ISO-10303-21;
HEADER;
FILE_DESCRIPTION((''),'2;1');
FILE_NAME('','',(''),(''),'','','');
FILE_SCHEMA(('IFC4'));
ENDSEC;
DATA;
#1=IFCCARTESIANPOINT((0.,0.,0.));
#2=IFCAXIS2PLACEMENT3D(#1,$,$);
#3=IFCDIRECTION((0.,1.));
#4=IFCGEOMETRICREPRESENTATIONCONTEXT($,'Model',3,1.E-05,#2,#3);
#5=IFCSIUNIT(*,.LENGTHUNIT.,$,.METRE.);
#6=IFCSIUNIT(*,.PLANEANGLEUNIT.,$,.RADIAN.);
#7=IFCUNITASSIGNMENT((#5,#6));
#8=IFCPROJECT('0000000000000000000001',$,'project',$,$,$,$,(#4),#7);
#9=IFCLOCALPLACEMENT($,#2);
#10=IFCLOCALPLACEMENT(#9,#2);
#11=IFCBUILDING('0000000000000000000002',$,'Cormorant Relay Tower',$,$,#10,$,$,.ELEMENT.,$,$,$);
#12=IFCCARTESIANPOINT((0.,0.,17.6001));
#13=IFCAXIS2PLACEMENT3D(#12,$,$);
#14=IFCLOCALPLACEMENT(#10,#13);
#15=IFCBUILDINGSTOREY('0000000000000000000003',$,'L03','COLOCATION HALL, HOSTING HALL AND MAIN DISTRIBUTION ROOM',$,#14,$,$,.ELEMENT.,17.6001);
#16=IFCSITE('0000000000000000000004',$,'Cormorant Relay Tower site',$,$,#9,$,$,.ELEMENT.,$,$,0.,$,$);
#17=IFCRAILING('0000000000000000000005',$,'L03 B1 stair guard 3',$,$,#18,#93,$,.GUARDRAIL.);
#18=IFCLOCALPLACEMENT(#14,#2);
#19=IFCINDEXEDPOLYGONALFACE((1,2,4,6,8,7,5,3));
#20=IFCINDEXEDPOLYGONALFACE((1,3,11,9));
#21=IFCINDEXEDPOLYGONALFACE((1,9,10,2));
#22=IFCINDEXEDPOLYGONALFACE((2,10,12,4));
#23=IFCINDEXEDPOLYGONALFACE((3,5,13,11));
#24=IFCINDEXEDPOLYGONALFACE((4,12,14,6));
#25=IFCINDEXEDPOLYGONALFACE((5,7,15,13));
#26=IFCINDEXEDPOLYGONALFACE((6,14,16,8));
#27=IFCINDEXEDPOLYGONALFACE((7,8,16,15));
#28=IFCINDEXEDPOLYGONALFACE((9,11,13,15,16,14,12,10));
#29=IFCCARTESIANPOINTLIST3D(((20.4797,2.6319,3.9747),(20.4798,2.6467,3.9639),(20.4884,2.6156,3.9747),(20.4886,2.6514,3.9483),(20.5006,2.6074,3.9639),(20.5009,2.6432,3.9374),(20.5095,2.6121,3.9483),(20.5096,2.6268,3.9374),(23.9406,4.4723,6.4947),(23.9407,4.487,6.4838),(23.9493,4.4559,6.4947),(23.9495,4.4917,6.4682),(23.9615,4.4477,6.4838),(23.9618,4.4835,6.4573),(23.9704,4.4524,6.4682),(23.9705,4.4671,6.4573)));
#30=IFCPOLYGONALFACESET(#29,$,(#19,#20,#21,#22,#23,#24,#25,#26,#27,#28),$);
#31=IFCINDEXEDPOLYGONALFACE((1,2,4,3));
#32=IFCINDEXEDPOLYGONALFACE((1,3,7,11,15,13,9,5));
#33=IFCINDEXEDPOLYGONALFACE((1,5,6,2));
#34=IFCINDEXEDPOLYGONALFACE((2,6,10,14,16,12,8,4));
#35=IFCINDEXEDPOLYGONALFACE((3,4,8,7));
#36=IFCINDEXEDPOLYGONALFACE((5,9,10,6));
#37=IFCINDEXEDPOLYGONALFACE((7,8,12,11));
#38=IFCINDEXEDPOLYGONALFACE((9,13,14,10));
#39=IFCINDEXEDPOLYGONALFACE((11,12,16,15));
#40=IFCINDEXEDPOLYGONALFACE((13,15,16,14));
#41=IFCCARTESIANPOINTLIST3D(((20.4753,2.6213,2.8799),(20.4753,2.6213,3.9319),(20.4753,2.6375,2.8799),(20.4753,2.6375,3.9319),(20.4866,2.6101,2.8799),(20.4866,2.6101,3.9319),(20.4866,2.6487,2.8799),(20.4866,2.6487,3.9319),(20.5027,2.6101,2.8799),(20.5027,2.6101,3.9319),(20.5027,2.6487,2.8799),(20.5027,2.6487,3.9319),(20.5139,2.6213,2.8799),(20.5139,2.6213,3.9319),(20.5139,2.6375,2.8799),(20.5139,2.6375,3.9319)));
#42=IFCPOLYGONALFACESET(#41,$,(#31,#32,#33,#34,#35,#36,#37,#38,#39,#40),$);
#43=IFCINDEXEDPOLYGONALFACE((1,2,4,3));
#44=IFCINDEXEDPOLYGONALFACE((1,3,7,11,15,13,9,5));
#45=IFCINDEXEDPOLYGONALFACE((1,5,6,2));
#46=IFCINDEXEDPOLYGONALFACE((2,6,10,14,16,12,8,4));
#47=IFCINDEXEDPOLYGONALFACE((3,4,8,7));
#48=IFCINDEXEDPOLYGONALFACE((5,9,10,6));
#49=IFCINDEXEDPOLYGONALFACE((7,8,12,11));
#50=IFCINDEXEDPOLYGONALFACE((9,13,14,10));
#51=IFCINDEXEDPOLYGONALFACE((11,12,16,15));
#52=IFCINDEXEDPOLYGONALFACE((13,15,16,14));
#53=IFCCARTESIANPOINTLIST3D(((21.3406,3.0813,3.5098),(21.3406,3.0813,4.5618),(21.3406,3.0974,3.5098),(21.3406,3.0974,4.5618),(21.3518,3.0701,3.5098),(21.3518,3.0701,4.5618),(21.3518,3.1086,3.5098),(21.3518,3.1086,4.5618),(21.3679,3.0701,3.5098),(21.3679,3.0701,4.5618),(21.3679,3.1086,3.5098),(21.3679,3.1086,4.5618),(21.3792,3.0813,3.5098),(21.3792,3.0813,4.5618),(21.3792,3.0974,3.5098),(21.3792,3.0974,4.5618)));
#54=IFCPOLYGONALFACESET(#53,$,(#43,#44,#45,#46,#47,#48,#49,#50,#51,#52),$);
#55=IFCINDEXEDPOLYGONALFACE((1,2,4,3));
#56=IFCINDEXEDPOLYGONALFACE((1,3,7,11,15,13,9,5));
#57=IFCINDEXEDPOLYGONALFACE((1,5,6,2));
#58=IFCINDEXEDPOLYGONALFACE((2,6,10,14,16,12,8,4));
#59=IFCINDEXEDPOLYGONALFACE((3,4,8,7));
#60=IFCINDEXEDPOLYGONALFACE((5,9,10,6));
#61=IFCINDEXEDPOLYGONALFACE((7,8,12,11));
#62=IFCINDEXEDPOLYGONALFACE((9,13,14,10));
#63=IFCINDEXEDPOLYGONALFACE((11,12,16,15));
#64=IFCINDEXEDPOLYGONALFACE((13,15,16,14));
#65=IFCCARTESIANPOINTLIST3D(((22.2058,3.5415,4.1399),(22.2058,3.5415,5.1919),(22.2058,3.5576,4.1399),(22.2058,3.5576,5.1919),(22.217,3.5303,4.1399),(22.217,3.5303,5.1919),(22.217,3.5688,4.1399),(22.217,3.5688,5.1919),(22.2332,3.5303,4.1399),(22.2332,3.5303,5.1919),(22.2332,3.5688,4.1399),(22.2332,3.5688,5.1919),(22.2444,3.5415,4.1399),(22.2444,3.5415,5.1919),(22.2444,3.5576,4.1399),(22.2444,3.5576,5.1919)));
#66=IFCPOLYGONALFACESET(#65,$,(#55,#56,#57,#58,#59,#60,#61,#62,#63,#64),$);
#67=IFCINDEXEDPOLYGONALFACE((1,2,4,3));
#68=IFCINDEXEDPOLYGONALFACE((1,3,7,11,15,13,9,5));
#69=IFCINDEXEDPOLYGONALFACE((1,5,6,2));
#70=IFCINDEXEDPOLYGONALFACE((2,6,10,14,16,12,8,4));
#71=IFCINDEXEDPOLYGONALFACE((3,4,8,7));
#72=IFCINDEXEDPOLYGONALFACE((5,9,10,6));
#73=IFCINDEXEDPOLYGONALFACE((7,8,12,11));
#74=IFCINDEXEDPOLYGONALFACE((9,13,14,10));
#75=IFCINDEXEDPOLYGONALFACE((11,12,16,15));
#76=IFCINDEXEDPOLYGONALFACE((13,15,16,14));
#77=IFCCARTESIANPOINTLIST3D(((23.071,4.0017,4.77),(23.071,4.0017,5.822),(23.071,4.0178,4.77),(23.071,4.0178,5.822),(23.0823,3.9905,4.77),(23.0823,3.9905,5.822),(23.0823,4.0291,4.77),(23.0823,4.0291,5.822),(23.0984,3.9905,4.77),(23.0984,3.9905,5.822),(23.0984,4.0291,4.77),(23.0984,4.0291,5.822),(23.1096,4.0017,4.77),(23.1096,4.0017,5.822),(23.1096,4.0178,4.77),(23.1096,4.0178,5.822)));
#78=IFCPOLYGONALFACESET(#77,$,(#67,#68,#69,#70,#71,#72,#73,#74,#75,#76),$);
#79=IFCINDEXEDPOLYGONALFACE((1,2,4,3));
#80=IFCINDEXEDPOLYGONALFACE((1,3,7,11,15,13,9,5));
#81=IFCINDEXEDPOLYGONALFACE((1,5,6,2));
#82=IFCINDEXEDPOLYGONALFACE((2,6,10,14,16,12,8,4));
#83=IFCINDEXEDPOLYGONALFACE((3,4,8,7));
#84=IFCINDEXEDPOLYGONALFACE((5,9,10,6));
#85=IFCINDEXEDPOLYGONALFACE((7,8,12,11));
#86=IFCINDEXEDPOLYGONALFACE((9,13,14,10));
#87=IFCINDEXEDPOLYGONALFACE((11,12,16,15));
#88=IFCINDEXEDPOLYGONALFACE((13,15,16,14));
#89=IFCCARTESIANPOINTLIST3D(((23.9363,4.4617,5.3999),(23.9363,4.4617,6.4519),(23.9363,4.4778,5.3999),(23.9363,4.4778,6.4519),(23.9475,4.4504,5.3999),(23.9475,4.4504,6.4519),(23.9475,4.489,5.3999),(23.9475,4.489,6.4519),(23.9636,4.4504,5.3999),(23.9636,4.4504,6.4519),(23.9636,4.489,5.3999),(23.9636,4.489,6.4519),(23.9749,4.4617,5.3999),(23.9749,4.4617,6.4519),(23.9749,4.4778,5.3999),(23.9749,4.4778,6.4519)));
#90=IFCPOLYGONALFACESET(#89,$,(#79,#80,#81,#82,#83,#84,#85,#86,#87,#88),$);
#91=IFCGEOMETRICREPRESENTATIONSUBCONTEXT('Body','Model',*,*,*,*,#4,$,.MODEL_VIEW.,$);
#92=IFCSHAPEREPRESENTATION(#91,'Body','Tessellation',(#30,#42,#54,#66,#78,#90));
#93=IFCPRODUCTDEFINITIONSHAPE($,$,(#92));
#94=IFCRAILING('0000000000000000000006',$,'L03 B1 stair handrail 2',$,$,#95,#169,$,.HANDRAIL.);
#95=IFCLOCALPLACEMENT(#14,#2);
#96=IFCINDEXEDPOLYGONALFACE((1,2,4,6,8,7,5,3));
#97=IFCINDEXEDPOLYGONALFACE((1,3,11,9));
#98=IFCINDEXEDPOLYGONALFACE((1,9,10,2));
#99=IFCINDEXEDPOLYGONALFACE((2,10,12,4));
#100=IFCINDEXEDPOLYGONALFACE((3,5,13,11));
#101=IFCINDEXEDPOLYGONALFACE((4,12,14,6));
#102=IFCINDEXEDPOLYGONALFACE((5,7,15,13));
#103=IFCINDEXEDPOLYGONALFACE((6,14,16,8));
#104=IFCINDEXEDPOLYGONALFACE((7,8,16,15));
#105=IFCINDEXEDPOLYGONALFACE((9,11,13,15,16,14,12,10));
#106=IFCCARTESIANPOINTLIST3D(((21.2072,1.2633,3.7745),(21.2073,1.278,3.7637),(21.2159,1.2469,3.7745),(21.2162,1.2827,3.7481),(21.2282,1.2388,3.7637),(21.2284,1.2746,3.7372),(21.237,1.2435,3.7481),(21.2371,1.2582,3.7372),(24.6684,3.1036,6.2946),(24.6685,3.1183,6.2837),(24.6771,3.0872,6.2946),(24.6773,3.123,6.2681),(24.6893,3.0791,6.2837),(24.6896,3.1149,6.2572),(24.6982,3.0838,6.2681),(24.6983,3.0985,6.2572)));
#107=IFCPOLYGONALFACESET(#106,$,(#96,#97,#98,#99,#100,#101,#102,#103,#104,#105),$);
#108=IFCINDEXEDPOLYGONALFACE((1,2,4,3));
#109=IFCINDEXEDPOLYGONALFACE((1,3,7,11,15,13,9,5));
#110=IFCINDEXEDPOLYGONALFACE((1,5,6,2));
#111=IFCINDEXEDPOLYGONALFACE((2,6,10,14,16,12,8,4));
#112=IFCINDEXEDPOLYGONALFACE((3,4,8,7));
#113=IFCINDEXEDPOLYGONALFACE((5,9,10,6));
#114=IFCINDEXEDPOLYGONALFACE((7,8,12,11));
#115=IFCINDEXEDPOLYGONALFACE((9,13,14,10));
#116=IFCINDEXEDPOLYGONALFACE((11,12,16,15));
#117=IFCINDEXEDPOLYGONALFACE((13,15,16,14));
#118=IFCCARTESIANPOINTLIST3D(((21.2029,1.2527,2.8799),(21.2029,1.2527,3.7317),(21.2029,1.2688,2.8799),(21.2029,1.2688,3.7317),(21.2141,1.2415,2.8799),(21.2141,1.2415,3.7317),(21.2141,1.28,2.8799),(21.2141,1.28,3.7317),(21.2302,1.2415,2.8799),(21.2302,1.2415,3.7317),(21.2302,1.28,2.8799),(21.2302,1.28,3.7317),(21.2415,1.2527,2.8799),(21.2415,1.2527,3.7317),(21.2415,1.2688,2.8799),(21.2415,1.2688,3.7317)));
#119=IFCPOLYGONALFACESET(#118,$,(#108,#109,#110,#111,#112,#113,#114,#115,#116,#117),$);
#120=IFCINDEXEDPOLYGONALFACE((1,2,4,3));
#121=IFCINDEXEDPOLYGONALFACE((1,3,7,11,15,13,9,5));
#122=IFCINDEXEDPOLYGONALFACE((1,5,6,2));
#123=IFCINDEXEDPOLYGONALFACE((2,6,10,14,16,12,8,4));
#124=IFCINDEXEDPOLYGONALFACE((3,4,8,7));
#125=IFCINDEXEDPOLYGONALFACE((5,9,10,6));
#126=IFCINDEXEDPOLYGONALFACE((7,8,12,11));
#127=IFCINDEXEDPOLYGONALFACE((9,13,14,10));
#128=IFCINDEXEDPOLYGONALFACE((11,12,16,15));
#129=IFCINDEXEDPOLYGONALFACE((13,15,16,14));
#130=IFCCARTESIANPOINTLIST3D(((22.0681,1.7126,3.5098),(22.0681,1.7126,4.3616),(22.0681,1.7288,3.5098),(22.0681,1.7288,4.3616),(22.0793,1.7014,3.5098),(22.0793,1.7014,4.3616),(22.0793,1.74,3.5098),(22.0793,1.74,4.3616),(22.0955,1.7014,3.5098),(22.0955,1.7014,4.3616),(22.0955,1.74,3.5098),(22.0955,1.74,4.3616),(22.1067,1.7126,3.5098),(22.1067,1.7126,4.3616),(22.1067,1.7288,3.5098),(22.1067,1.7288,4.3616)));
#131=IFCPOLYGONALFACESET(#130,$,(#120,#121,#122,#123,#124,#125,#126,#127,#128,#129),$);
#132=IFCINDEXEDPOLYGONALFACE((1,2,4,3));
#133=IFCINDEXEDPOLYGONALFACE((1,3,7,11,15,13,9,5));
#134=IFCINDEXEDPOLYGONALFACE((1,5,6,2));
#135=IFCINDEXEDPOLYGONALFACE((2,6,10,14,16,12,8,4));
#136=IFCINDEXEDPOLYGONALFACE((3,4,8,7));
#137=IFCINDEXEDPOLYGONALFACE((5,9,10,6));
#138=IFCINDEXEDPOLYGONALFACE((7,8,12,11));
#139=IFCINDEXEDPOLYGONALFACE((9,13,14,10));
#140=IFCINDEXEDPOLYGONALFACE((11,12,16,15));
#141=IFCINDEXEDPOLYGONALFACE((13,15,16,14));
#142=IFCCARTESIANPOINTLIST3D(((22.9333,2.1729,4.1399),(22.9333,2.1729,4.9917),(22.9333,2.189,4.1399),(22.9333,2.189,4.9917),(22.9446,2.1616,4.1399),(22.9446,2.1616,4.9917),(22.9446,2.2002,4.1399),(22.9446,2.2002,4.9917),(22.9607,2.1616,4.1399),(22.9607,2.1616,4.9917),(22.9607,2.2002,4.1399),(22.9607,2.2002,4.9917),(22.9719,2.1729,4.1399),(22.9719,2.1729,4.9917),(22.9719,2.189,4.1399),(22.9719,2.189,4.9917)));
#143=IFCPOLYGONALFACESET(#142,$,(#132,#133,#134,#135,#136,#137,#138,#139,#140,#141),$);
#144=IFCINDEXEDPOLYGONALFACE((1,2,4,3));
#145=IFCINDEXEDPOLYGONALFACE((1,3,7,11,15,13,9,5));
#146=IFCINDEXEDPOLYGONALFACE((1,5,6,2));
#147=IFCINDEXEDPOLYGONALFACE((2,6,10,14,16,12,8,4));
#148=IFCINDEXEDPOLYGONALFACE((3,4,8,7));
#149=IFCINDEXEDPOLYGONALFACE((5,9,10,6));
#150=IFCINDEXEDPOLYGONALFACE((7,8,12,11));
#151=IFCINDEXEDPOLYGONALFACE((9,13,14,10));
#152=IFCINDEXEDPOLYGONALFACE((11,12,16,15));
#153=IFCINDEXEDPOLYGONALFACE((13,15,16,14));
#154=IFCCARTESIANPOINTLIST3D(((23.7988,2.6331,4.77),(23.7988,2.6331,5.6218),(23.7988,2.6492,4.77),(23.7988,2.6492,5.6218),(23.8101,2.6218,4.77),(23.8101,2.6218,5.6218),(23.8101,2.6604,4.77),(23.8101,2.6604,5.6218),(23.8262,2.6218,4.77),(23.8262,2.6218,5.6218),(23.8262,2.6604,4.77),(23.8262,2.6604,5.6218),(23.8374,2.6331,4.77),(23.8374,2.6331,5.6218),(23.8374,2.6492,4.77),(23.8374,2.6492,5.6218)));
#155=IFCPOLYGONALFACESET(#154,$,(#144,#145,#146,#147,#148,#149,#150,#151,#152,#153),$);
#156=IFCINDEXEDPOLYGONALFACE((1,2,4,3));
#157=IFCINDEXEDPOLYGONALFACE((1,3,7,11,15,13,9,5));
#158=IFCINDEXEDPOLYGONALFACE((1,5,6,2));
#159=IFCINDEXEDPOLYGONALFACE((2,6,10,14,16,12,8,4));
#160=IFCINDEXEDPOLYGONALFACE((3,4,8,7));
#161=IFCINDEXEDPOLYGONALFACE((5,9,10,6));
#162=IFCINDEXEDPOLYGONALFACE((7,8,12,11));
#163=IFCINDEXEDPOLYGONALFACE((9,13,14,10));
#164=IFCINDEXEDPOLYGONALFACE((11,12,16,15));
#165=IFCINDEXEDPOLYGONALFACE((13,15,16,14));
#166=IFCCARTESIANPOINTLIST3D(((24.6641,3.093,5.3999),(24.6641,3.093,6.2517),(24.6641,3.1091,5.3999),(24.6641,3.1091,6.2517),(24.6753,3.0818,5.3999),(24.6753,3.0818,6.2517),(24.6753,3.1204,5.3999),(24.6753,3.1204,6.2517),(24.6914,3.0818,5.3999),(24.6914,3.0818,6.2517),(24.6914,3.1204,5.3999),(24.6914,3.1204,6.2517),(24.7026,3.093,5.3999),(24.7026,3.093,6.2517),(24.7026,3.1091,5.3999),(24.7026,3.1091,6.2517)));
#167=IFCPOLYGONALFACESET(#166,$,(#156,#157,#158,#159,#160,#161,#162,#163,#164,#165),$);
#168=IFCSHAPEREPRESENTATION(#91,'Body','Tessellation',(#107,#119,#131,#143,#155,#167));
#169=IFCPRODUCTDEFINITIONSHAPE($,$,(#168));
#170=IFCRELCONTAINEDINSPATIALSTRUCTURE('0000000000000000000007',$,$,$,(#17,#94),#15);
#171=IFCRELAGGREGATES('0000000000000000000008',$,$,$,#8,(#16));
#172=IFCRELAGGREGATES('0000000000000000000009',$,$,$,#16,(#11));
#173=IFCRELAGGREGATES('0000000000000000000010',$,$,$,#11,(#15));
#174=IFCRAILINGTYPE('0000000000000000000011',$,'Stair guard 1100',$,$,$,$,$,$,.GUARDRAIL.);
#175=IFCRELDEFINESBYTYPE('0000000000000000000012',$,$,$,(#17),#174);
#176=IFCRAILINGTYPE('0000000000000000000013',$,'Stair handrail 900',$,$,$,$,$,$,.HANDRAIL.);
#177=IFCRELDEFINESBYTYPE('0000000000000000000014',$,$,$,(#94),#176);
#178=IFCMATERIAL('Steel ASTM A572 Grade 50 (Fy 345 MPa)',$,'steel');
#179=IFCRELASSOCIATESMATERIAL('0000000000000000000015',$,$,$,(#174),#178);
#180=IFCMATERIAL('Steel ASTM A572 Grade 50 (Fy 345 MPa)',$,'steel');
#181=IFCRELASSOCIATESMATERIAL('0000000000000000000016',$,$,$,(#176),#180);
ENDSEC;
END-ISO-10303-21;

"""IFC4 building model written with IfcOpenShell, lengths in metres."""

from ifc_helpers import new_model, si_unit, direction, frame, origin, place, context, subcontext, project, spatial, polyline, outline, extrude, material, type_object, element, save


model = new_model("IFC4")

# Units and contexts
model_context = context("Model", 3, precision=1e-05, world=origin(), true_north=direction((0.0, 1.0)))
body_context = subcontext(model_context, "Body", "Model", "MODEL_VIEW")
ifc_project = project(units=[si_unit("LENGTHUNIT", "METRE"), si_unit("PLANEANGLEUNIT", "RADIAN")], contexts=[model_context])

# Site, building, storey
site_placement = place(None, origin())
site = spatial("IfcSite", under=ifc_project, at=site_placement, Name="Cormorant Relay Tower site", CompositionType="ELEMENT", RefElevation=0.0)
building_placement = place(site_placement, origin())
building = spatial("IfcBuilding", under=site, at=building_placement, Name="Cormorant Relay Tower", CompositionType="ELEMENT")
storey_placement = place(building_placement, frame((0.0, 0.0, 17.6001)))
storey = spatial("IfcBuildingStorey", under=building, at=storey_placement, Name="L03", Description="COLOCATION HALL, HOSTING HALL AND MAIN DISTRIBUTION ROOM", CompositionType="ELEMENT", Elevation=17.6001)

# Railings
ifc_material_1 = material(Name="Steel ASTM A572 Grade 50 (Fy 345 MPa)", Category="steel")
railing_type_1 = type_object("IfcRailingType", Name="Stair guard 1100", PredefinedType="GUARDRAIL", material=ifc_material_1)
railing_1_placement = place(storey_placement, frame((20.4946, 2.6294, 2.8799)))
element("IfcRailing", 1, at=railing_1_placement, inside=storey, type_object=railing_type_1, Name="L03 B1 stair guard 3", PredefinedType="GUARDRAIL", context=body_context, shape_type="SweptSolid", body=[
    extrude(outline(polyline([(0.0222, 0.0093), (0.0093, 0.0222), (-0.0093, 0.0222), (-0.0222, 0.0093), (-0.0222, -0.0093), (-0.0093, -0.0222), (0.0093, -0.0222), (0.0222, -0.0093), (0.0222, 0.0093)])), frame((0.0, 0.0, 1.0762), z_axis=(0.742694, 0.394923, 0.540779), x_axis=(-0.469495, 0.882935, 0.0)), (0.0, 0.0, 1.0), 4.6599),
    extrude(outline(polyline([(0.0193, 0.0081), (0.0081, 0.0193), (-0.0081, 0.0193), (-0.0193, 0.0081), (-0.0193, -0.0081), (-0.0081, -0.0193), (0.0081, -0.0193), (0.0193, -0.0081), (0.0193, 0.0081)])), origin(), (0.0, 0.0, 1.0), 1.052),
    extrude(outline(polyline([(0.0193, 0.0081), (0.0081, 0.0193), (-0.0081, 0.0193), (-0.0193, 0.0081), (-0.0193, -0.0081), (-0.0081, -0.0193), (0.0081, -0.0193), (0.0193, -0.0081), (0.0193, 0.0081)])), frame((0.8652, 0.46, 0.6299)), (0.0, 0.0, 1.0), 1.052),
    extrude(outline(polyline([(0.0193, 0.0081), (0.0081, 0.0193), (-0.0081, 0.0193), (-0.0193, 0.0081), (-0.0193, -0.0081), (-0.0081, -0.0193), (0.0081, -0.0193), (0.0193, -0.0081), (0.0193, 0.0081)])), frame((1.7305, 0.9202, 1.26)), (0.0, 0.0, 1.0), 1.052),
    extrude(outline(polyline([(0.0193, 0.0081), (0.0081, 0.0193), (-0.0081, 0.0193), (-0.0193, 0.0081), (-0.0193, -0.0081), (-0.0081, -0.0193), (0.0081, -0.0193), (0.0193, -0.0081), (0.0193, 0.0081)])), frame((2.5957, 1.3804, 1.8901)), (0.0, 0.0, 1.0), 1.052),
    extrude(outline(polyline([(0.0193, 0.0081), (0.0081, 0.0193), (-0.0081, 0.0193), (-0.0193, 0.0081), (-0.0193, -0.0081), (-0.0081, -0.0193), (0.0081, -0.0193), (0.0193, -0.0081), (0.0193, 0.0081)])), frame((3.4609, 1.8403, 2.52)), (0.0, 0.0, 1.0), 1.052),
])
ifc_material_2 = material(Name="Steel ASTM A572 Grade 50 (Fy 345 MPa)", Category="steel")
railing_type_2 = type_object("IfcRailingType", Name="Stair handrail 900", PredefinedType="HANDRAIL", material=ifc_material_2)
railing_2_placement = place(storey_placement, frame((21.2222, 1.2607, 2.8799)))
element("IfcRailing", 2, at=railing_2_placement, inside=storey, type_object=railing_type_2, Name="L03 B1 stair handrail 2", PredefinedType="HANDRAIL", context=body_context, shape_type="SweptSolid", body=[
    extrude(outline(polyline([(0.0222, 0.0093), (0.0093, 0.0222), (-0.0093, 0.0222), (-0.0222, 0.0093), (-0.0222, -0.0093), (-0.0093, -0.0222), (0.0093, -0.0222), (0.0222, -0.0093), (0.0222, 0.0093)])), frame((0.0, 0.0, 0.876), z_axis=(0.742717, 0.394907, 0.540758), x_axis=(-0.469469, 0.882949, 0.0)), (0.0, 0.0, 1.0), 4.6602),
    extrude(outline(polyline([(0.0193, 0.0081), (0.0081, 0.0193), (-0.0081, 0.0193), (-0.0193, 0.0081), (-0.0193, -0.0081), (-0.0081, -0.0193), (0.0081, -0.0193), (0.0193, -0.0081), (0.0193, 0.0081)])), origin(), (0.0, 0.0, 1.0), 0.8518),
    extrude(outline(polyline([(0.0193, 0.0081), (0.0081, 0.0193), (-0.0081, 0.0193), (-0.0193, 0.0081), (-0.0193, -0.0081), (-0.0081, -0.0193), (0.0081, -0.0193), (0.0193, -0.0081), (0.0193, 0.0081)])), frame((0.8652, 0.46, 0.6299)), (0.0, 0.0, 1.0), 0.8518),
    extrude(outline(polyline([(0.0193, 0.0081), (0.0081, 0.0193), (-0.0081, 0.0193), (-0.0193, 0.0081), (-0.0193, -0.0081), (-0.0081, -0.0193), (0.0081, -0.0193), (0.0193, -0.0081), (0.0193, 0.0081)])), frame((1.7305, 0.9202, 1.26)), (0.0, 0.0, 1.0), 0.8518),
    extrude(outline(polyline([(0.0193, 0.0081), (0.0081, 0.0193), (-0.0081, 0.0193), (-0.0193, 0.0081), (-0.0193, -0.0081), (-0.0081, -0.0193), (0.0081, -0.0193), (0.0193, -0.0081), (0.0193, 0.0081)])), frame((2.5959, 1.3804, 1.8901)), (0.0, 0.0, 1.0), 0.8518),
    extrude(outline(polyline([(0.0193, 0.0081), (0.0081, 0.0193), (-0.0081, 0.0193), (-0.0193, 0.0081), (-0.0193, -0.0081), (-0.0081, -0.0193), (0.0081, -0.0193), (0.0193, -0.0081), (0.0193, 0.0081)])), frame((3.4612, 1.8403, 2.52)), (0.0, 0.0, 1.0), 0.8518),
])

save(model, "model.ifc")
